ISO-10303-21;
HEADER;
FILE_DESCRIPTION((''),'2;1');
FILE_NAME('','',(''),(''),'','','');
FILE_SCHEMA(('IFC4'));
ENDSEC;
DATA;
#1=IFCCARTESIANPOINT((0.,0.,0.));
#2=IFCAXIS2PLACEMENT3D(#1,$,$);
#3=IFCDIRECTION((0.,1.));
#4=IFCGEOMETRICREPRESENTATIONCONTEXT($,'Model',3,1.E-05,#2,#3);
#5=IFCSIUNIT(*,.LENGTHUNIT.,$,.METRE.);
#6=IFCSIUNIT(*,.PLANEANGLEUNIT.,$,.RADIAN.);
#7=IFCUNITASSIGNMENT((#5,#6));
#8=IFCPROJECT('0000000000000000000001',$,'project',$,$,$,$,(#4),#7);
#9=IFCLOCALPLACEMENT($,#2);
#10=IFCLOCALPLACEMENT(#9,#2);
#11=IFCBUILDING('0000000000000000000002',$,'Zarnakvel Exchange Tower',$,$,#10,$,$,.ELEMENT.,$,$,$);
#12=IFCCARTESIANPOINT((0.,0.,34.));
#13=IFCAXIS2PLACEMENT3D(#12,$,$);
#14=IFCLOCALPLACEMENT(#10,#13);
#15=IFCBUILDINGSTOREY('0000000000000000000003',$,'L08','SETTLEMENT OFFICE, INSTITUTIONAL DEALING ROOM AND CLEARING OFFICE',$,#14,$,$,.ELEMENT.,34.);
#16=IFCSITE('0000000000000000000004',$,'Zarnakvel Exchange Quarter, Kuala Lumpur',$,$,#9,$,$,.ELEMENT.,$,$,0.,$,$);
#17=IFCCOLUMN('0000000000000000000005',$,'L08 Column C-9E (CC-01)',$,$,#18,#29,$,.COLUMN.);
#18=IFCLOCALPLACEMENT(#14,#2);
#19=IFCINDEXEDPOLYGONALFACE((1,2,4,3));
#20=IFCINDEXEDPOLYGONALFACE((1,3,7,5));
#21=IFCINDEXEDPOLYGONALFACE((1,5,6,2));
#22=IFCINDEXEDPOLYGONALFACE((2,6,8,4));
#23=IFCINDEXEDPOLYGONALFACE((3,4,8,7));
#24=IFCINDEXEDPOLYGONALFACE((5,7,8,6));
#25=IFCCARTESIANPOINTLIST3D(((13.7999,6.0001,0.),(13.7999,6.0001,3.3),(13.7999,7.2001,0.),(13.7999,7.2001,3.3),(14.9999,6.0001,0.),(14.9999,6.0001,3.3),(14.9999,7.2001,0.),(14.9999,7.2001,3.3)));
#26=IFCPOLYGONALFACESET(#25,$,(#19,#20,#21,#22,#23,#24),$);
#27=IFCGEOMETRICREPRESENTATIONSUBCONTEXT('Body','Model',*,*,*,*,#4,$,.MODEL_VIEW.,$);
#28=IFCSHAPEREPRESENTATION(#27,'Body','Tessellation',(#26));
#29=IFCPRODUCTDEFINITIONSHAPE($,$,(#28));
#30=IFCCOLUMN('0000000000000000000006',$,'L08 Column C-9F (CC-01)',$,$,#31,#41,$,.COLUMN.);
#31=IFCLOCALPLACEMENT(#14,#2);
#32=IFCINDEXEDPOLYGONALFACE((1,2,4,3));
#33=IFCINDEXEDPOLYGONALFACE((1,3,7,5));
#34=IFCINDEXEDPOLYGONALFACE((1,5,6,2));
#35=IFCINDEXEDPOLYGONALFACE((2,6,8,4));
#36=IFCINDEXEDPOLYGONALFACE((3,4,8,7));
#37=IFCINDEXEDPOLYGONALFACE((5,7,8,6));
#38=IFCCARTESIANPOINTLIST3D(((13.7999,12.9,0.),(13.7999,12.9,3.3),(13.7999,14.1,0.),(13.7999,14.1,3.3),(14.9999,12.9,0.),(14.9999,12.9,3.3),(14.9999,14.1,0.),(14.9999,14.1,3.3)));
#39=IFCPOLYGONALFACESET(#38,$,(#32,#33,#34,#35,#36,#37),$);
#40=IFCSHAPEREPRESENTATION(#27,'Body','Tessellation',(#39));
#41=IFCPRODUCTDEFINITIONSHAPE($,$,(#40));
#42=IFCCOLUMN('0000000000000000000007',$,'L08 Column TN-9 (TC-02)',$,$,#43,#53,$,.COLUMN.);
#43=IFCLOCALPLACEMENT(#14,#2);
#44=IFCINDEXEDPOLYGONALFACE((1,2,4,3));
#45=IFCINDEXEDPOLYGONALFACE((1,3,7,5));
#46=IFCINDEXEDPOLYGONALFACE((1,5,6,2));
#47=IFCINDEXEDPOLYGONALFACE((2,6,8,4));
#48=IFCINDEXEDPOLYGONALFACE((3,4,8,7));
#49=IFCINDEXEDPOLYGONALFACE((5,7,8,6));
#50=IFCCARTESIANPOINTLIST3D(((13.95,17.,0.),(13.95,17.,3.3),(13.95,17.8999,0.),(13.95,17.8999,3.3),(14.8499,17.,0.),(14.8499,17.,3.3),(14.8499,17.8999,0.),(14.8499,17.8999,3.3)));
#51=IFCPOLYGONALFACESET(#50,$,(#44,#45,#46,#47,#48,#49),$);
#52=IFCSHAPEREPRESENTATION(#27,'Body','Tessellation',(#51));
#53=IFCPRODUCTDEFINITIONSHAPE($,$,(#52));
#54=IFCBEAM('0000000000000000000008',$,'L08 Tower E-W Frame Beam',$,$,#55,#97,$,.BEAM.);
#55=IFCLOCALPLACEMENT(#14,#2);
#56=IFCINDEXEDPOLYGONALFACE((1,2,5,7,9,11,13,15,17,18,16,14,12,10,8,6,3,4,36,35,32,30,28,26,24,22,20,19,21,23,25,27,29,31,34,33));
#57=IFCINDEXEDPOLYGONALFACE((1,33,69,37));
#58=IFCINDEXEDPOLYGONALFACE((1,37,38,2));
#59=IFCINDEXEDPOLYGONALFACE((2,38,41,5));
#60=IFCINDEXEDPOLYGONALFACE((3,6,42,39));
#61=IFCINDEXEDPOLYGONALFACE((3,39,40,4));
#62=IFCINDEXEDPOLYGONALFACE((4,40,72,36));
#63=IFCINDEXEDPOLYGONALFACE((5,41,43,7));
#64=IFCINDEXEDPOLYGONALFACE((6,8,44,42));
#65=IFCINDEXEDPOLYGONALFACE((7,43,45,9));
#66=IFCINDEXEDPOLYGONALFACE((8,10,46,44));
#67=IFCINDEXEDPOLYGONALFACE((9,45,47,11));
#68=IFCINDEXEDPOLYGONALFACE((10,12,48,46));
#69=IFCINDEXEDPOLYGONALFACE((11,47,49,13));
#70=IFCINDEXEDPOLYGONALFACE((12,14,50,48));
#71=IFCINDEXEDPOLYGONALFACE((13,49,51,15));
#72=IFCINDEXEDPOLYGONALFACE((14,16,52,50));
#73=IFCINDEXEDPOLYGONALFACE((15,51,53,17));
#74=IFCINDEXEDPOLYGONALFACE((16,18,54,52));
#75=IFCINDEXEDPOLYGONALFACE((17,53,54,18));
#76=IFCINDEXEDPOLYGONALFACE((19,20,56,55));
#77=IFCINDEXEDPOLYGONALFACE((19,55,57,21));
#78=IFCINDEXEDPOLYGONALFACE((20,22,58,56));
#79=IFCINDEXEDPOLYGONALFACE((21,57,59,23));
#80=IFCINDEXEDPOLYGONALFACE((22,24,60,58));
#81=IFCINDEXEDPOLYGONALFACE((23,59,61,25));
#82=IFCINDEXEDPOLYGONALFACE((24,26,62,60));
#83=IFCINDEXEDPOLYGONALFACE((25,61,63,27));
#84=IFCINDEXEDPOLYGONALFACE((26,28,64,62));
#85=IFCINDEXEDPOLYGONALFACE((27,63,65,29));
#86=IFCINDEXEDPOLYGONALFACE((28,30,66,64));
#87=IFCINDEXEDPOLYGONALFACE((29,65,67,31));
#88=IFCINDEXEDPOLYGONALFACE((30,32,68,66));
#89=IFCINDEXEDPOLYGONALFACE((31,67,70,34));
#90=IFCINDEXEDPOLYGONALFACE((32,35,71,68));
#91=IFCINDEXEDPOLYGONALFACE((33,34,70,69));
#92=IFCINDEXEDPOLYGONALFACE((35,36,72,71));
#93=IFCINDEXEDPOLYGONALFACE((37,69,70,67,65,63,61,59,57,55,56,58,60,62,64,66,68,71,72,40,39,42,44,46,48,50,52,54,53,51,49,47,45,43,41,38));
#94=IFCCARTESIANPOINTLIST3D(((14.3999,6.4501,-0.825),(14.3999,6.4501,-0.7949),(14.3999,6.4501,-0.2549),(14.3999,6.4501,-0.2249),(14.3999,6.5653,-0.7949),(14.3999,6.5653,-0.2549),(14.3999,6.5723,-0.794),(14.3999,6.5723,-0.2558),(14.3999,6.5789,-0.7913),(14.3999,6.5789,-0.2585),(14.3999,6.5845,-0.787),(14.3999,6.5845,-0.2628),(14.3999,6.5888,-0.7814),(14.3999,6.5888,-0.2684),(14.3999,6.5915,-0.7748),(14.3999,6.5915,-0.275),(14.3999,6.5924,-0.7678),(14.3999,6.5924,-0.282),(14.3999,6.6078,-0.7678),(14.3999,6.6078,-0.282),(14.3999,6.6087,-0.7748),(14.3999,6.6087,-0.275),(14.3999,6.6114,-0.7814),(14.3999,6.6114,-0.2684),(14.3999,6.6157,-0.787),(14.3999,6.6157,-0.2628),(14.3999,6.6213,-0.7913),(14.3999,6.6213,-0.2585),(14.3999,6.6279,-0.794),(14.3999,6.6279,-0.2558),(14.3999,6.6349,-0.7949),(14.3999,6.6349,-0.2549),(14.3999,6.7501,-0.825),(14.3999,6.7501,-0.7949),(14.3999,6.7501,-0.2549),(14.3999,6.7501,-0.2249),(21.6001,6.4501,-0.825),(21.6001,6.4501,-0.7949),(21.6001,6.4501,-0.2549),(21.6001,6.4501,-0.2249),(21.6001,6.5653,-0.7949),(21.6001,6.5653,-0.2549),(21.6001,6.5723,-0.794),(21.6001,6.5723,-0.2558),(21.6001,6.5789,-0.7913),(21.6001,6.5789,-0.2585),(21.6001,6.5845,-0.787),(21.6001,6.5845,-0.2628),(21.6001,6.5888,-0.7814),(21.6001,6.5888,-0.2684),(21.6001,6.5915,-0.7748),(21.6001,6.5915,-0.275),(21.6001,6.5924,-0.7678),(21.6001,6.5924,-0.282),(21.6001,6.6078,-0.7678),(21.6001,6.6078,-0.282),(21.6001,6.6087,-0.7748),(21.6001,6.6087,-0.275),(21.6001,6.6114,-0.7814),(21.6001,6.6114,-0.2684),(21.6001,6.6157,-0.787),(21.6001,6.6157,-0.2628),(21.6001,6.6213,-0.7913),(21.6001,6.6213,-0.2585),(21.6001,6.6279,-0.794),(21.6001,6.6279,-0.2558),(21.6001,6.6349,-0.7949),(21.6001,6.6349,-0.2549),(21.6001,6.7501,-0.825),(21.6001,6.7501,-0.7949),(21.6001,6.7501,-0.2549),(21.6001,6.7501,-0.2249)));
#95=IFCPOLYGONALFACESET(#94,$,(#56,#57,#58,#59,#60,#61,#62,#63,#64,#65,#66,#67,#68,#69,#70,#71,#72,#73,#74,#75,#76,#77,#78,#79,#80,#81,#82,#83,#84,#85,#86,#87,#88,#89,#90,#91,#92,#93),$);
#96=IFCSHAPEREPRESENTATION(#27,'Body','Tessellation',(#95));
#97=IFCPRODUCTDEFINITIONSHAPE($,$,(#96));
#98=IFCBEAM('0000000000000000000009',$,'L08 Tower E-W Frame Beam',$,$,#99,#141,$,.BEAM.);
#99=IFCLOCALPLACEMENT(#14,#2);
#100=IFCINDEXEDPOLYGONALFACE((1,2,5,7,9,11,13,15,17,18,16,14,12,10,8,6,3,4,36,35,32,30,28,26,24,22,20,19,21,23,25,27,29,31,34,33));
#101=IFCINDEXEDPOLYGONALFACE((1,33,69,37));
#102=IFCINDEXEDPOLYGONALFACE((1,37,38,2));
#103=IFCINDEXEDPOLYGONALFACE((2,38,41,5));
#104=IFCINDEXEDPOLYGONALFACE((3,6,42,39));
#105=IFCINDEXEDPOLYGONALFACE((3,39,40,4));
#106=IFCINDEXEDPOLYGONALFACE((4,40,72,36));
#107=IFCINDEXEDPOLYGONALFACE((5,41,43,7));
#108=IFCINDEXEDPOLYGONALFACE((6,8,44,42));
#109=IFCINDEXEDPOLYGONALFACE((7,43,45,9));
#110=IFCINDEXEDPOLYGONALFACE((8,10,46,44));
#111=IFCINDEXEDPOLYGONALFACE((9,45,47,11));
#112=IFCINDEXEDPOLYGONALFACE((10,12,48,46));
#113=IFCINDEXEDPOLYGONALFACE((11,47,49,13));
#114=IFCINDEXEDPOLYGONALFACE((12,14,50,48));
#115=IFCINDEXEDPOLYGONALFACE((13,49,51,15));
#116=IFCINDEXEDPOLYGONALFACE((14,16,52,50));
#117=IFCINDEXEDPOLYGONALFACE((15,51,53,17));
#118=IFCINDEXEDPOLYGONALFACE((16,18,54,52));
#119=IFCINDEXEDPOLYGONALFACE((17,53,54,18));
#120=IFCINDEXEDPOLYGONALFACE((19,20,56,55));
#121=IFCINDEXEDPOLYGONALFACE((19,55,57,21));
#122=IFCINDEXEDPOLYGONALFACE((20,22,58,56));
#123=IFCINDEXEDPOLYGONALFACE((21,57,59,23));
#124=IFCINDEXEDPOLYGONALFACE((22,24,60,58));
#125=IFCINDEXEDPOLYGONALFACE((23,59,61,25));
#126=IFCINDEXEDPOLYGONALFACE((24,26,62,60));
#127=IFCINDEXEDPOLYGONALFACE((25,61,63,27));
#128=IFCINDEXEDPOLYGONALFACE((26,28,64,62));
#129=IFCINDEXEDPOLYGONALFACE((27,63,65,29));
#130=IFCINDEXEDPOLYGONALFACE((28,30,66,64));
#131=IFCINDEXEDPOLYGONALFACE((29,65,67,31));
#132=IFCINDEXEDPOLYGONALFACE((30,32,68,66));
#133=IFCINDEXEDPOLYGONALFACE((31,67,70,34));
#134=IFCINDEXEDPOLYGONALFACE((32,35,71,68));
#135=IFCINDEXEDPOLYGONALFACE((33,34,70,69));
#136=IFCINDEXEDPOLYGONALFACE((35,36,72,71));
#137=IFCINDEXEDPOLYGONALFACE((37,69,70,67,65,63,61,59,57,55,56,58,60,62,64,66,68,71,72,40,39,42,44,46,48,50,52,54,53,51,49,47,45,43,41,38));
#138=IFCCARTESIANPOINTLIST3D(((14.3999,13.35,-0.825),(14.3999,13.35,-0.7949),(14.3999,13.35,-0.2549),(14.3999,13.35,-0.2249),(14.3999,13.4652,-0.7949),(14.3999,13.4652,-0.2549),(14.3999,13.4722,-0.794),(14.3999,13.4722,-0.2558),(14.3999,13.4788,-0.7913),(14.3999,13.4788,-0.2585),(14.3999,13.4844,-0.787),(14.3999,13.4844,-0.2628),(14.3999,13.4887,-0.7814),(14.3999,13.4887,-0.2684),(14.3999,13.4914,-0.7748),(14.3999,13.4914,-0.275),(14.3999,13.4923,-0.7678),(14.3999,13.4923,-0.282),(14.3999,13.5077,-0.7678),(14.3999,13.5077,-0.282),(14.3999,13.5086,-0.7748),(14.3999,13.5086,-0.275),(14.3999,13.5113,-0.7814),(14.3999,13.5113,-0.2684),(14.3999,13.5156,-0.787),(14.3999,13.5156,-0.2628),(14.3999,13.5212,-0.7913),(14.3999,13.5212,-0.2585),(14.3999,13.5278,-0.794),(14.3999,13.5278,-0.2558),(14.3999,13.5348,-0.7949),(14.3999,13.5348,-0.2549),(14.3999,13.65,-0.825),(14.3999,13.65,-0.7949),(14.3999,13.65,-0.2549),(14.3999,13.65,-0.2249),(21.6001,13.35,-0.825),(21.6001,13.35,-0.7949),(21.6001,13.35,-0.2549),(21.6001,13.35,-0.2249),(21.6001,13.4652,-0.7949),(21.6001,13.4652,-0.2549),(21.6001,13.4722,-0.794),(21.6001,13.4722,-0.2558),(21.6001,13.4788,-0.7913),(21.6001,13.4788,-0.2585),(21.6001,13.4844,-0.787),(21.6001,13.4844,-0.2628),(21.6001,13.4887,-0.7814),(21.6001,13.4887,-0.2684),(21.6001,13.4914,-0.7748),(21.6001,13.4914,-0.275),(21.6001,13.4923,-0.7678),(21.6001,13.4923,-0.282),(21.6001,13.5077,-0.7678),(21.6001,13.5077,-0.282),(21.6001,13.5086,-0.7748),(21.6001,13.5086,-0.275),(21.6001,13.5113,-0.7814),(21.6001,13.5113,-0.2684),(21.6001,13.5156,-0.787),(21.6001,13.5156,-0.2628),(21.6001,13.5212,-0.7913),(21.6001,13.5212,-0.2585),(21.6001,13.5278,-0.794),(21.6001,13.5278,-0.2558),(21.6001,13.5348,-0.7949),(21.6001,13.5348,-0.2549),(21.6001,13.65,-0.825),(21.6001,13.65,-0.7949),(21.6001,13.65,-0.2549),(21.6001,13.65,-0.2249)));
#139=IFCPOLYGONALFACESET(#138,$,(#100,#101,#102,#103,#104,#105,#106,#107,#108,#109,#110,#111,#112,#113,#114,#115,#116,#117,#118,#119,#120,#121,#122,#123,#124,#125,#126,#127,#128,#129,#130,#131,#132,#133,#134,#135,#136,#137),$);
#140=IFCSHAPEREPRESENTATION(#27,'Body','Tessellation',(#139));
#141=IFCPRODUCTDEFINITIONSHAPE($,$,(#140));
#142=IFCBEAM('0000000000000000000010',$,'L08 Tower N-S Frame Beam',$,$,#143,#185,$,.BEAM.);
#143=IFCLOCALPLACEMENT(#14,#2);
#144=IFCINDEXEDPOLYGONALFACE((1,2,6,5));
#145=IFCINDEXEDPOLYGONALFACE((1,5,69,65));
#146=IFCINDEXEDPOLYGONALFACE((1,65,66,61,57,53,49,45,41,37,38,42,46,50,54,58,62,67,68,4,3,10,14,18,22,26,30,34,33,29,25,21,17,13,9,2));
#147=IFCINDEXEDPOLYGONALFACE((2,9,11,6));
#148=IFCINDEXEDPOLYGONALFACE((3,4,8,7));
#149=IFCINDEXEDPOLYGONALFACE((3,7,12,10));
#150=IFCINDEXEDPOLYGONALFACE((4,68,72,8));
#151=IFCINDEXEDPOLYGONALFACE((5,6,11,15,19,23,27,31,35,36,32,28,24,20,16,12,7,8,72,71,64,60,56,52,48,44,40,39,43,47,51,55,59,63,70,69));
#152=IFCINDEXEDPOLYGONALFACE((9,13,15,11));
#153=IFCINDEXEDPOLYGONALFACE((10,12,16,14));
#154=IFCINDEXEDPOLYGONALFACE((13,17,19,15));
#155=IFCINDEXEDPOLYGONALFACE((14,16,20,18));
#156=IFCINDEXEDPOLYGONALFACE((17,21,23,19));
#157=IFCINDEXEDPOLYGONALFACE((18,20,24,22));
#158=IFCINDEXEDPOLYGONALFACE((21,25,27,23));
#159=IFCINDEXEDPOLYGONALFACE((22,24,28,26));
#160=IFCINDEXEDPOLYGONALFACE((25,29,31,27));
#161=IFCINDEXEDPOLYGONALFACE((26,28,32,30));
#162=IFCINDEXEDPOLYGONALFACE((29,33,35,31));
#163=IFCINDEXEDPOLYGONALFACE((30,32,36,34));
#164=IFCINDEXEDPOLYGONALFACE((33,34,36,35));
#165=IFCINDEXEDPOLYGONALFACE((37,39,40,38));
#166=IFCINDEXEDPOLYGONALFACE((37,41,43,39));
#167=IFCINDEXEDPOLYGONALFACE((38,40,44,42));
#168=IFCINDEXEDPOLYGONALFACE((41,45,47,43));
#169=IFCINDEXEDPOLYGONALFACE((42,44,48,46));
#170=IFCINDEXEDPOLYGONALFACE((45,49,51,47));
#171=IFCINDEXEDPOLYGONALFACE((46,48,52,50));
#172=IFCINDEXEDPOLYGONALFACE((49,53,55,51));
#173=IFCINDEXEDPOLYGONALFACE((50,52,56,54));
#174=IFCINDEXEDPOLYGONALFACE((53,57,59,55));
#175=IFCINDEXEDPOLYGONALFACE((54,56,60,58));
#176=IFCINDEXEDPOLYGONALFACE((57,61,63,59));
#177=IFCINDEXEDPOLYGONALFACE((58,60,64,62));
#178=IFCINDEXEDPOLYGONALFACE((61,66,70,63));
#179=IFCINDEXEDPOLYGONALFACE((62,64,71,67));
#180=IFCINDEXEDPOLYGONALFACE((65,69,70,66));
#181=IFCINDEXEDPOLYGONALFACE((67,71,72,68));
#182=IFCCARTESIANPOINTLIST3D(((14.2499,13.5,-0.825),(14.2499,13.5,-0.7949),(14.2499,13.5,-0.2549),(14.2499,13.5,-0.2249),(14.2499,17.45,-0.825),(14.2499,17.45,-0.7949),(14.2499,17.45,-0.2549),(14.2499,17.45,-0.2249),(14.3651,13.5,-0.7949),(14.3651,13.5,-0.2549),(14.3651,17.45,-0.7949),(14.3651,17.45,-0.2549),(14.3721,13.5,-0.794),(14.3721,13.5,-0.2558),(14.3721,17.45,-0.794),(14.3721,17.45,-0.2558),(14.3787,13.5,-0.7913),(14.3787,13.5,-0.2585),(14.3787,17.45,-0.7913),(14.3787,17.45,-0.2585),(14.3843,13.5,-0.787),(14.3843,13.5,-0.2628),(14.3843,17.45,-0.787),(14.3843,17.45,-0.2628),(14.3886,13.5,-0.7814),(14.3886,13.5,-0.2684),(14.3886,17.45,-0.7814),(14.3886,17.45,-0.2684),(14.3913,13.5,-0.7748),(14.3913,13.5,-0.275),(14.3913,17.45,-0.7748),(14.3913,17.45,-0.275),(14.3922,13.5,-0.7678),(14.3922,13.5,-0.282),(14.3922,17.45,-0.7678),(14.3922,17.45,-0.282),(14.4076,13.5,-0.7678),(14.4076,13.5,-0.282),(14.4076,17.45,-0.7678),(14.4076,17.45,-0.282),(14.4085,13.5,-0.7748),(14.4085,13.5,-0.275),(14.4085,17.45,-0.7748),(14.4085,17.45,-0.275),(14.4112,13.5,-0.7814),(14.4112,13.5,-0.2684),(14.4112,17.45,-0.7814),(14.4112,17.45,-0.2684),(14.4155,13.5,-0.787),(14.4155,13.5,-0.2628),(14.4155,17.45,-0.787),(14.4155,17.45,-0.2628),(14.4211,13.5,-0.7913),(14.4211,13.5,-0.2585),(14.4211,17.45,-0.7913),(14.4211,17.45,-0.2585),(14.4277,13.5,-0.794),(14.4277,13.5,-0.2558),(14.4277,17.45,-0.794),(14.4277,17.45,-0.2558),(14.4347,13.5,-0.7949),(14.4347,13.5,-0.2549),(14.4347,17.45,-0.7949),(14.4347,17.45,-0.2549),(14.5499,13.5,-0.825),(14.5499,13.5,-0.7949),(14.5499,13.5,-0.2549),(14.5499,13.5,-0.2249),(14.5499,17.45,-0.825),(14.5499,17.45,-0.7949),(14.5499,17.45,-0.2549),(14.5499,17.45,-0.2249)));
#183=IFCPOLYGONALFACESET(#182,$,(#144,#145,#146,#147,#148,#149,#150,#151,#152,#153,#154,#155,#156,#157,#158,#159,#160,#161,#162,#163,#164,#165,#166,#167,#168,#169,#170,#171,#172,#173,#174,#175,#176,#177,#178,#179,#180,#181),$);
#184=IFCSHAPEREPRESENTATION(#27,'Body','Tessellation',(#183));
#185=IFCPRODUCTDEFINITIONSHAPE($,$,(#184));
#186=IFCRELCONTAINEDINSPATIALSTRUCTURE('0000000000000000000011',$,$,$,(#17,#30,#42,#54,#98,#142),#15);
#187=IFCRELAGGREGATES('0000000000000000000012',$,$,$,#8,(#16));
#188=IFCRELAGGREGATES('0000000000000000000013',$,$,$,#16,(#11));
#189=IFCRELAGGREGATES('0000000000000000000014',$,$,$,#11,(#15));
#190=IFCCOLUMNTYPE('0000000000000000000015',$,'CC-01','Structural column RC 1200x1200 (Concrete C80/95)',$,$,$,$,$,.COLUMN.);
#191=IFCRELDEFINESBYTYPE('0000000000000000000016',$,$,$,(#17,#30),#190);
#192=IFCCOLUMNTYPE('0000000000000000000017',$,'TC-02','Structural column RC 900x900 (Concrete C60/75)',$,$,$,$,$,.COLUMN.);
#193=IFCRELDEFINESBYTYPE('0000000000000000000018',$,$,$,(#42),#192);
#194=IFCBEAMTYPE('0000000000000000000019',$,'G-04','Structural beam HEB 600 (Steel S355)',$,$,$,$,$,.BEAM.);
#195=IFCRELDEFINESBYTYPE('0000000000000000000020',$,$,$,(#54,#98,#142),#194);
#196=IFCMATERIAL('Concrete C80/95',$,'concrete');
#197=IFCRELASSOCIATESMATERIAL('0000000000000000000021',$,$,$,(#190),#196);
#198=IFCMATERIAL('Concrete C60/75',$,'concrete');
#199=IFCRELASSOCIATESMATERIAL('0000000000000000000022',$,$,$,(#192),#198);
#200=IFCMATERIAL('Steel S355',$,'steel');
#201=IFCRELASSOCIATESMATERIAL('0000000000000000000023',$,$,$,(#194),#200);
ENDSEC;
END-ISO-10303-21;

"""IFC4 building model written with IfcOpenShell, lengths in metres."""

from ifc_helpers import new_model, si_unit, direction, frame, origin, origin_2d, place, context, subcontext, project, spatial, rectangle, i_section, extrude, material, material_profile, profile_set, type_object, element, save


model = new_model("IFC4")

# Units and contexts
model_context = context("Model", 3, precision=1e-05, world=origin(), true_north=direction((0.0, 1.0)))
body_context = subcontext(model_context, "Body", "Model", "MODEL_VIEW")
ifc_project = project(units=[si_unit("LENGTHUNIT", "METRE"), si_unit("PLANEANGLEUNIT", "RADIAN")], contexts=[model_context])

# Site, building, storey
site_placement = place(None, origin())
site = spatial("IfcSite", under=ifc_project, at=site_placement, Name="Zarnakvel Exchange Quarter, Kuala Lumpur", CompositionType="ELEMENT", RefElevation=0.0)
building_placement = place(site_placement, origin())
building = spatial("IfcBuilding", under=site, at=building_placement, Name="Zarnakvel Exchange Tower", CompositionType="ELEMENT")
storey_placement = place(building_placement, frame((0.0, 0.0, 34.0)))
storey = spatial("IfcBuildingStorey", under=building, at=storey_placement, Name="L08", Description="SETTLEMENT OFFICE, INSTITUTIONAL DEALING ROOM AND CLEARING OFFICE", CompositionType="ELEMENT", Elevation=34.0)

# Columns
ifc_material_1 = material(Name="Concrete C80/95", Category="concrete")
ifc_material_profile_1 = material_profile(ifc_material_1, rectangle(XDim=1.2, YDim=1.2, at=origin_2d()))
ifc_profile_set_1 = profile_set([ifc_material_profile_1], Name="Concrete C80/95")
column_type_1 = type_object("IfcColumnType", Name="CC-01", Description="Structural column RC 1200x1200 (Concrete C80/95)", PredefinedType="COLUMN", material=ifc_profile_set_1)
for number, where, z_axis, x_axis, name in (
    (1, (14.3999, 6.6001, 0.0), (0.0, 0.0, 1.0), (1.0, 0.0, 0.0), "L08 Column C-9E (CC-01)"),
    (2, (14.3999, 13.5, 0.0), (0.0, 0.0, 1.0), (1.0, 0.0, 0.0), "L08 Column C-9F (CC-01)"),
):
    element("IfcColumn", number, at=place(storey_placement, frame(where, z_axis=z_axis, x_axis=x_axis)), inside=storey, type_object=column_type_1, Name=name, PredefinedType="COLUMN", context=body_context, shape_type="SweptSolid", body=[
        extrude(rectangle(XDim=1.2, YDim=1.2, at=origin_2d()), origin(), (0.0, 0.0, 1.0), 3.3),
    ])
ifc_material_2 = material(Name="Concrete C60/75", Category="concrete")
ifc_material_profile_2 = material_profile(ifc_material_2, rectangle(XDim=0.8999, YDim=0.8999, at=origin_2d()))
ifc_profile_set_2 = profile_set([ifc_material_profile_2], Name="Concrete C60/75")
column_type_2 = type_object("IfcColumnType", Name="TC-02", Description="Structural column RC 900x900 (Concrete C60/75)", PredefinedType="COLUMN", material=ifc_profile_set_2)
column_placement = place(storey_placement, frame((14.3999, 17.45, 0.0), z_axis=(0.0, 0.0, 1.0), x_axis=(1.0, 0.0, 0.0)))
element("IfcColumn", 3, at=column_placement, inside=storey, type_object=column_type_2, Name="L08 Column TN-9 (TC-02)", PredefinedType="COLUMN", context=body_context, shape_type="SweptSolid", body=[
    extrude(rectangle(XDim=0.8999, YDim=0.8999, at=origin_2d()), origin(), (0.0, 0.0, 1.0), 3.3),
])

# Beams
ifc_material_3 = material(Name="Steel S355", Category="steel")
ifc_material_profile_3 = material_profile(ifc_material_3, i_section(OverallWidth=0.3, OverallDepth=0.6001, WebThickness=0.0154, FlangeThickness=0.03, FilletRadius=0.0271, at=origin_2d()))
ifc_profile_set_3 = profile_set([ifc_material_profile_3], Name="Steel S355")
beam_type_1 = type_object("IfcBeamType", Name="G-04", Description="Structural beam HEB 600 (Steel S355)", PredefinedType="BEAM", material=ifc_profile_set_3)
for number, where, z_axis, x_axis, name in (
    (4, (14.3999, 6.6001, -0.5249), (1.0, 0.0, 0.0), (0.0, 1.0, 0.0), "L08 Tower E-W Frame Beam"),
    (5, (14.3999, 13.5, -0.5249), (1.0, 0.0, 0.0), (0.0, 1.0, 0.0), "L08 Tower E-W Frame Beam"),
):
    element("IfcBeam", number, at=place(storey_placement, frame(where, z_axis=z_axis, x_axis=x_axis)), inside=storey, type_object=beam_type_1, Name=name, PredefinedType="BEAM", context=body_context, shape_type="SweptSolid", body=[
        extrude(i_section(OverallWidth=0.3, OverallDepth=0.6001, WebThickness=0.0154, FlangeThickness=0.03, FilletRadius=0.0271, at=origin_2d()), origin(), (0.0, 0.0, 1.0), 7.2002),
    ])
beam_1_placement = place(storey_placement, frame((14.3999, 13.5, -0.5249), z_axis=(0.0, 1.0, 0.0), x_axis=(-1.0, 0.0, 0.0)))
element("IfcBeam", 6, at=beam_1_placement, inside=storey, type_object=beam_type_1, Name="L08 Tower N-S Frame Beam", PredefinedType="BEAM", context=body_context, shape_type="SweptSolid", body=[
    extrude(i_section(OverallWidth=0.3, OverallDepth=0.6001, WebThickness=0.0154, FlangeThickness=0.03, FilletRadius=0.0271, at=origin_2d()), origin(), (0.0, 0.0, 1.0), 3.95),
])

save(model, "model.ifc")
